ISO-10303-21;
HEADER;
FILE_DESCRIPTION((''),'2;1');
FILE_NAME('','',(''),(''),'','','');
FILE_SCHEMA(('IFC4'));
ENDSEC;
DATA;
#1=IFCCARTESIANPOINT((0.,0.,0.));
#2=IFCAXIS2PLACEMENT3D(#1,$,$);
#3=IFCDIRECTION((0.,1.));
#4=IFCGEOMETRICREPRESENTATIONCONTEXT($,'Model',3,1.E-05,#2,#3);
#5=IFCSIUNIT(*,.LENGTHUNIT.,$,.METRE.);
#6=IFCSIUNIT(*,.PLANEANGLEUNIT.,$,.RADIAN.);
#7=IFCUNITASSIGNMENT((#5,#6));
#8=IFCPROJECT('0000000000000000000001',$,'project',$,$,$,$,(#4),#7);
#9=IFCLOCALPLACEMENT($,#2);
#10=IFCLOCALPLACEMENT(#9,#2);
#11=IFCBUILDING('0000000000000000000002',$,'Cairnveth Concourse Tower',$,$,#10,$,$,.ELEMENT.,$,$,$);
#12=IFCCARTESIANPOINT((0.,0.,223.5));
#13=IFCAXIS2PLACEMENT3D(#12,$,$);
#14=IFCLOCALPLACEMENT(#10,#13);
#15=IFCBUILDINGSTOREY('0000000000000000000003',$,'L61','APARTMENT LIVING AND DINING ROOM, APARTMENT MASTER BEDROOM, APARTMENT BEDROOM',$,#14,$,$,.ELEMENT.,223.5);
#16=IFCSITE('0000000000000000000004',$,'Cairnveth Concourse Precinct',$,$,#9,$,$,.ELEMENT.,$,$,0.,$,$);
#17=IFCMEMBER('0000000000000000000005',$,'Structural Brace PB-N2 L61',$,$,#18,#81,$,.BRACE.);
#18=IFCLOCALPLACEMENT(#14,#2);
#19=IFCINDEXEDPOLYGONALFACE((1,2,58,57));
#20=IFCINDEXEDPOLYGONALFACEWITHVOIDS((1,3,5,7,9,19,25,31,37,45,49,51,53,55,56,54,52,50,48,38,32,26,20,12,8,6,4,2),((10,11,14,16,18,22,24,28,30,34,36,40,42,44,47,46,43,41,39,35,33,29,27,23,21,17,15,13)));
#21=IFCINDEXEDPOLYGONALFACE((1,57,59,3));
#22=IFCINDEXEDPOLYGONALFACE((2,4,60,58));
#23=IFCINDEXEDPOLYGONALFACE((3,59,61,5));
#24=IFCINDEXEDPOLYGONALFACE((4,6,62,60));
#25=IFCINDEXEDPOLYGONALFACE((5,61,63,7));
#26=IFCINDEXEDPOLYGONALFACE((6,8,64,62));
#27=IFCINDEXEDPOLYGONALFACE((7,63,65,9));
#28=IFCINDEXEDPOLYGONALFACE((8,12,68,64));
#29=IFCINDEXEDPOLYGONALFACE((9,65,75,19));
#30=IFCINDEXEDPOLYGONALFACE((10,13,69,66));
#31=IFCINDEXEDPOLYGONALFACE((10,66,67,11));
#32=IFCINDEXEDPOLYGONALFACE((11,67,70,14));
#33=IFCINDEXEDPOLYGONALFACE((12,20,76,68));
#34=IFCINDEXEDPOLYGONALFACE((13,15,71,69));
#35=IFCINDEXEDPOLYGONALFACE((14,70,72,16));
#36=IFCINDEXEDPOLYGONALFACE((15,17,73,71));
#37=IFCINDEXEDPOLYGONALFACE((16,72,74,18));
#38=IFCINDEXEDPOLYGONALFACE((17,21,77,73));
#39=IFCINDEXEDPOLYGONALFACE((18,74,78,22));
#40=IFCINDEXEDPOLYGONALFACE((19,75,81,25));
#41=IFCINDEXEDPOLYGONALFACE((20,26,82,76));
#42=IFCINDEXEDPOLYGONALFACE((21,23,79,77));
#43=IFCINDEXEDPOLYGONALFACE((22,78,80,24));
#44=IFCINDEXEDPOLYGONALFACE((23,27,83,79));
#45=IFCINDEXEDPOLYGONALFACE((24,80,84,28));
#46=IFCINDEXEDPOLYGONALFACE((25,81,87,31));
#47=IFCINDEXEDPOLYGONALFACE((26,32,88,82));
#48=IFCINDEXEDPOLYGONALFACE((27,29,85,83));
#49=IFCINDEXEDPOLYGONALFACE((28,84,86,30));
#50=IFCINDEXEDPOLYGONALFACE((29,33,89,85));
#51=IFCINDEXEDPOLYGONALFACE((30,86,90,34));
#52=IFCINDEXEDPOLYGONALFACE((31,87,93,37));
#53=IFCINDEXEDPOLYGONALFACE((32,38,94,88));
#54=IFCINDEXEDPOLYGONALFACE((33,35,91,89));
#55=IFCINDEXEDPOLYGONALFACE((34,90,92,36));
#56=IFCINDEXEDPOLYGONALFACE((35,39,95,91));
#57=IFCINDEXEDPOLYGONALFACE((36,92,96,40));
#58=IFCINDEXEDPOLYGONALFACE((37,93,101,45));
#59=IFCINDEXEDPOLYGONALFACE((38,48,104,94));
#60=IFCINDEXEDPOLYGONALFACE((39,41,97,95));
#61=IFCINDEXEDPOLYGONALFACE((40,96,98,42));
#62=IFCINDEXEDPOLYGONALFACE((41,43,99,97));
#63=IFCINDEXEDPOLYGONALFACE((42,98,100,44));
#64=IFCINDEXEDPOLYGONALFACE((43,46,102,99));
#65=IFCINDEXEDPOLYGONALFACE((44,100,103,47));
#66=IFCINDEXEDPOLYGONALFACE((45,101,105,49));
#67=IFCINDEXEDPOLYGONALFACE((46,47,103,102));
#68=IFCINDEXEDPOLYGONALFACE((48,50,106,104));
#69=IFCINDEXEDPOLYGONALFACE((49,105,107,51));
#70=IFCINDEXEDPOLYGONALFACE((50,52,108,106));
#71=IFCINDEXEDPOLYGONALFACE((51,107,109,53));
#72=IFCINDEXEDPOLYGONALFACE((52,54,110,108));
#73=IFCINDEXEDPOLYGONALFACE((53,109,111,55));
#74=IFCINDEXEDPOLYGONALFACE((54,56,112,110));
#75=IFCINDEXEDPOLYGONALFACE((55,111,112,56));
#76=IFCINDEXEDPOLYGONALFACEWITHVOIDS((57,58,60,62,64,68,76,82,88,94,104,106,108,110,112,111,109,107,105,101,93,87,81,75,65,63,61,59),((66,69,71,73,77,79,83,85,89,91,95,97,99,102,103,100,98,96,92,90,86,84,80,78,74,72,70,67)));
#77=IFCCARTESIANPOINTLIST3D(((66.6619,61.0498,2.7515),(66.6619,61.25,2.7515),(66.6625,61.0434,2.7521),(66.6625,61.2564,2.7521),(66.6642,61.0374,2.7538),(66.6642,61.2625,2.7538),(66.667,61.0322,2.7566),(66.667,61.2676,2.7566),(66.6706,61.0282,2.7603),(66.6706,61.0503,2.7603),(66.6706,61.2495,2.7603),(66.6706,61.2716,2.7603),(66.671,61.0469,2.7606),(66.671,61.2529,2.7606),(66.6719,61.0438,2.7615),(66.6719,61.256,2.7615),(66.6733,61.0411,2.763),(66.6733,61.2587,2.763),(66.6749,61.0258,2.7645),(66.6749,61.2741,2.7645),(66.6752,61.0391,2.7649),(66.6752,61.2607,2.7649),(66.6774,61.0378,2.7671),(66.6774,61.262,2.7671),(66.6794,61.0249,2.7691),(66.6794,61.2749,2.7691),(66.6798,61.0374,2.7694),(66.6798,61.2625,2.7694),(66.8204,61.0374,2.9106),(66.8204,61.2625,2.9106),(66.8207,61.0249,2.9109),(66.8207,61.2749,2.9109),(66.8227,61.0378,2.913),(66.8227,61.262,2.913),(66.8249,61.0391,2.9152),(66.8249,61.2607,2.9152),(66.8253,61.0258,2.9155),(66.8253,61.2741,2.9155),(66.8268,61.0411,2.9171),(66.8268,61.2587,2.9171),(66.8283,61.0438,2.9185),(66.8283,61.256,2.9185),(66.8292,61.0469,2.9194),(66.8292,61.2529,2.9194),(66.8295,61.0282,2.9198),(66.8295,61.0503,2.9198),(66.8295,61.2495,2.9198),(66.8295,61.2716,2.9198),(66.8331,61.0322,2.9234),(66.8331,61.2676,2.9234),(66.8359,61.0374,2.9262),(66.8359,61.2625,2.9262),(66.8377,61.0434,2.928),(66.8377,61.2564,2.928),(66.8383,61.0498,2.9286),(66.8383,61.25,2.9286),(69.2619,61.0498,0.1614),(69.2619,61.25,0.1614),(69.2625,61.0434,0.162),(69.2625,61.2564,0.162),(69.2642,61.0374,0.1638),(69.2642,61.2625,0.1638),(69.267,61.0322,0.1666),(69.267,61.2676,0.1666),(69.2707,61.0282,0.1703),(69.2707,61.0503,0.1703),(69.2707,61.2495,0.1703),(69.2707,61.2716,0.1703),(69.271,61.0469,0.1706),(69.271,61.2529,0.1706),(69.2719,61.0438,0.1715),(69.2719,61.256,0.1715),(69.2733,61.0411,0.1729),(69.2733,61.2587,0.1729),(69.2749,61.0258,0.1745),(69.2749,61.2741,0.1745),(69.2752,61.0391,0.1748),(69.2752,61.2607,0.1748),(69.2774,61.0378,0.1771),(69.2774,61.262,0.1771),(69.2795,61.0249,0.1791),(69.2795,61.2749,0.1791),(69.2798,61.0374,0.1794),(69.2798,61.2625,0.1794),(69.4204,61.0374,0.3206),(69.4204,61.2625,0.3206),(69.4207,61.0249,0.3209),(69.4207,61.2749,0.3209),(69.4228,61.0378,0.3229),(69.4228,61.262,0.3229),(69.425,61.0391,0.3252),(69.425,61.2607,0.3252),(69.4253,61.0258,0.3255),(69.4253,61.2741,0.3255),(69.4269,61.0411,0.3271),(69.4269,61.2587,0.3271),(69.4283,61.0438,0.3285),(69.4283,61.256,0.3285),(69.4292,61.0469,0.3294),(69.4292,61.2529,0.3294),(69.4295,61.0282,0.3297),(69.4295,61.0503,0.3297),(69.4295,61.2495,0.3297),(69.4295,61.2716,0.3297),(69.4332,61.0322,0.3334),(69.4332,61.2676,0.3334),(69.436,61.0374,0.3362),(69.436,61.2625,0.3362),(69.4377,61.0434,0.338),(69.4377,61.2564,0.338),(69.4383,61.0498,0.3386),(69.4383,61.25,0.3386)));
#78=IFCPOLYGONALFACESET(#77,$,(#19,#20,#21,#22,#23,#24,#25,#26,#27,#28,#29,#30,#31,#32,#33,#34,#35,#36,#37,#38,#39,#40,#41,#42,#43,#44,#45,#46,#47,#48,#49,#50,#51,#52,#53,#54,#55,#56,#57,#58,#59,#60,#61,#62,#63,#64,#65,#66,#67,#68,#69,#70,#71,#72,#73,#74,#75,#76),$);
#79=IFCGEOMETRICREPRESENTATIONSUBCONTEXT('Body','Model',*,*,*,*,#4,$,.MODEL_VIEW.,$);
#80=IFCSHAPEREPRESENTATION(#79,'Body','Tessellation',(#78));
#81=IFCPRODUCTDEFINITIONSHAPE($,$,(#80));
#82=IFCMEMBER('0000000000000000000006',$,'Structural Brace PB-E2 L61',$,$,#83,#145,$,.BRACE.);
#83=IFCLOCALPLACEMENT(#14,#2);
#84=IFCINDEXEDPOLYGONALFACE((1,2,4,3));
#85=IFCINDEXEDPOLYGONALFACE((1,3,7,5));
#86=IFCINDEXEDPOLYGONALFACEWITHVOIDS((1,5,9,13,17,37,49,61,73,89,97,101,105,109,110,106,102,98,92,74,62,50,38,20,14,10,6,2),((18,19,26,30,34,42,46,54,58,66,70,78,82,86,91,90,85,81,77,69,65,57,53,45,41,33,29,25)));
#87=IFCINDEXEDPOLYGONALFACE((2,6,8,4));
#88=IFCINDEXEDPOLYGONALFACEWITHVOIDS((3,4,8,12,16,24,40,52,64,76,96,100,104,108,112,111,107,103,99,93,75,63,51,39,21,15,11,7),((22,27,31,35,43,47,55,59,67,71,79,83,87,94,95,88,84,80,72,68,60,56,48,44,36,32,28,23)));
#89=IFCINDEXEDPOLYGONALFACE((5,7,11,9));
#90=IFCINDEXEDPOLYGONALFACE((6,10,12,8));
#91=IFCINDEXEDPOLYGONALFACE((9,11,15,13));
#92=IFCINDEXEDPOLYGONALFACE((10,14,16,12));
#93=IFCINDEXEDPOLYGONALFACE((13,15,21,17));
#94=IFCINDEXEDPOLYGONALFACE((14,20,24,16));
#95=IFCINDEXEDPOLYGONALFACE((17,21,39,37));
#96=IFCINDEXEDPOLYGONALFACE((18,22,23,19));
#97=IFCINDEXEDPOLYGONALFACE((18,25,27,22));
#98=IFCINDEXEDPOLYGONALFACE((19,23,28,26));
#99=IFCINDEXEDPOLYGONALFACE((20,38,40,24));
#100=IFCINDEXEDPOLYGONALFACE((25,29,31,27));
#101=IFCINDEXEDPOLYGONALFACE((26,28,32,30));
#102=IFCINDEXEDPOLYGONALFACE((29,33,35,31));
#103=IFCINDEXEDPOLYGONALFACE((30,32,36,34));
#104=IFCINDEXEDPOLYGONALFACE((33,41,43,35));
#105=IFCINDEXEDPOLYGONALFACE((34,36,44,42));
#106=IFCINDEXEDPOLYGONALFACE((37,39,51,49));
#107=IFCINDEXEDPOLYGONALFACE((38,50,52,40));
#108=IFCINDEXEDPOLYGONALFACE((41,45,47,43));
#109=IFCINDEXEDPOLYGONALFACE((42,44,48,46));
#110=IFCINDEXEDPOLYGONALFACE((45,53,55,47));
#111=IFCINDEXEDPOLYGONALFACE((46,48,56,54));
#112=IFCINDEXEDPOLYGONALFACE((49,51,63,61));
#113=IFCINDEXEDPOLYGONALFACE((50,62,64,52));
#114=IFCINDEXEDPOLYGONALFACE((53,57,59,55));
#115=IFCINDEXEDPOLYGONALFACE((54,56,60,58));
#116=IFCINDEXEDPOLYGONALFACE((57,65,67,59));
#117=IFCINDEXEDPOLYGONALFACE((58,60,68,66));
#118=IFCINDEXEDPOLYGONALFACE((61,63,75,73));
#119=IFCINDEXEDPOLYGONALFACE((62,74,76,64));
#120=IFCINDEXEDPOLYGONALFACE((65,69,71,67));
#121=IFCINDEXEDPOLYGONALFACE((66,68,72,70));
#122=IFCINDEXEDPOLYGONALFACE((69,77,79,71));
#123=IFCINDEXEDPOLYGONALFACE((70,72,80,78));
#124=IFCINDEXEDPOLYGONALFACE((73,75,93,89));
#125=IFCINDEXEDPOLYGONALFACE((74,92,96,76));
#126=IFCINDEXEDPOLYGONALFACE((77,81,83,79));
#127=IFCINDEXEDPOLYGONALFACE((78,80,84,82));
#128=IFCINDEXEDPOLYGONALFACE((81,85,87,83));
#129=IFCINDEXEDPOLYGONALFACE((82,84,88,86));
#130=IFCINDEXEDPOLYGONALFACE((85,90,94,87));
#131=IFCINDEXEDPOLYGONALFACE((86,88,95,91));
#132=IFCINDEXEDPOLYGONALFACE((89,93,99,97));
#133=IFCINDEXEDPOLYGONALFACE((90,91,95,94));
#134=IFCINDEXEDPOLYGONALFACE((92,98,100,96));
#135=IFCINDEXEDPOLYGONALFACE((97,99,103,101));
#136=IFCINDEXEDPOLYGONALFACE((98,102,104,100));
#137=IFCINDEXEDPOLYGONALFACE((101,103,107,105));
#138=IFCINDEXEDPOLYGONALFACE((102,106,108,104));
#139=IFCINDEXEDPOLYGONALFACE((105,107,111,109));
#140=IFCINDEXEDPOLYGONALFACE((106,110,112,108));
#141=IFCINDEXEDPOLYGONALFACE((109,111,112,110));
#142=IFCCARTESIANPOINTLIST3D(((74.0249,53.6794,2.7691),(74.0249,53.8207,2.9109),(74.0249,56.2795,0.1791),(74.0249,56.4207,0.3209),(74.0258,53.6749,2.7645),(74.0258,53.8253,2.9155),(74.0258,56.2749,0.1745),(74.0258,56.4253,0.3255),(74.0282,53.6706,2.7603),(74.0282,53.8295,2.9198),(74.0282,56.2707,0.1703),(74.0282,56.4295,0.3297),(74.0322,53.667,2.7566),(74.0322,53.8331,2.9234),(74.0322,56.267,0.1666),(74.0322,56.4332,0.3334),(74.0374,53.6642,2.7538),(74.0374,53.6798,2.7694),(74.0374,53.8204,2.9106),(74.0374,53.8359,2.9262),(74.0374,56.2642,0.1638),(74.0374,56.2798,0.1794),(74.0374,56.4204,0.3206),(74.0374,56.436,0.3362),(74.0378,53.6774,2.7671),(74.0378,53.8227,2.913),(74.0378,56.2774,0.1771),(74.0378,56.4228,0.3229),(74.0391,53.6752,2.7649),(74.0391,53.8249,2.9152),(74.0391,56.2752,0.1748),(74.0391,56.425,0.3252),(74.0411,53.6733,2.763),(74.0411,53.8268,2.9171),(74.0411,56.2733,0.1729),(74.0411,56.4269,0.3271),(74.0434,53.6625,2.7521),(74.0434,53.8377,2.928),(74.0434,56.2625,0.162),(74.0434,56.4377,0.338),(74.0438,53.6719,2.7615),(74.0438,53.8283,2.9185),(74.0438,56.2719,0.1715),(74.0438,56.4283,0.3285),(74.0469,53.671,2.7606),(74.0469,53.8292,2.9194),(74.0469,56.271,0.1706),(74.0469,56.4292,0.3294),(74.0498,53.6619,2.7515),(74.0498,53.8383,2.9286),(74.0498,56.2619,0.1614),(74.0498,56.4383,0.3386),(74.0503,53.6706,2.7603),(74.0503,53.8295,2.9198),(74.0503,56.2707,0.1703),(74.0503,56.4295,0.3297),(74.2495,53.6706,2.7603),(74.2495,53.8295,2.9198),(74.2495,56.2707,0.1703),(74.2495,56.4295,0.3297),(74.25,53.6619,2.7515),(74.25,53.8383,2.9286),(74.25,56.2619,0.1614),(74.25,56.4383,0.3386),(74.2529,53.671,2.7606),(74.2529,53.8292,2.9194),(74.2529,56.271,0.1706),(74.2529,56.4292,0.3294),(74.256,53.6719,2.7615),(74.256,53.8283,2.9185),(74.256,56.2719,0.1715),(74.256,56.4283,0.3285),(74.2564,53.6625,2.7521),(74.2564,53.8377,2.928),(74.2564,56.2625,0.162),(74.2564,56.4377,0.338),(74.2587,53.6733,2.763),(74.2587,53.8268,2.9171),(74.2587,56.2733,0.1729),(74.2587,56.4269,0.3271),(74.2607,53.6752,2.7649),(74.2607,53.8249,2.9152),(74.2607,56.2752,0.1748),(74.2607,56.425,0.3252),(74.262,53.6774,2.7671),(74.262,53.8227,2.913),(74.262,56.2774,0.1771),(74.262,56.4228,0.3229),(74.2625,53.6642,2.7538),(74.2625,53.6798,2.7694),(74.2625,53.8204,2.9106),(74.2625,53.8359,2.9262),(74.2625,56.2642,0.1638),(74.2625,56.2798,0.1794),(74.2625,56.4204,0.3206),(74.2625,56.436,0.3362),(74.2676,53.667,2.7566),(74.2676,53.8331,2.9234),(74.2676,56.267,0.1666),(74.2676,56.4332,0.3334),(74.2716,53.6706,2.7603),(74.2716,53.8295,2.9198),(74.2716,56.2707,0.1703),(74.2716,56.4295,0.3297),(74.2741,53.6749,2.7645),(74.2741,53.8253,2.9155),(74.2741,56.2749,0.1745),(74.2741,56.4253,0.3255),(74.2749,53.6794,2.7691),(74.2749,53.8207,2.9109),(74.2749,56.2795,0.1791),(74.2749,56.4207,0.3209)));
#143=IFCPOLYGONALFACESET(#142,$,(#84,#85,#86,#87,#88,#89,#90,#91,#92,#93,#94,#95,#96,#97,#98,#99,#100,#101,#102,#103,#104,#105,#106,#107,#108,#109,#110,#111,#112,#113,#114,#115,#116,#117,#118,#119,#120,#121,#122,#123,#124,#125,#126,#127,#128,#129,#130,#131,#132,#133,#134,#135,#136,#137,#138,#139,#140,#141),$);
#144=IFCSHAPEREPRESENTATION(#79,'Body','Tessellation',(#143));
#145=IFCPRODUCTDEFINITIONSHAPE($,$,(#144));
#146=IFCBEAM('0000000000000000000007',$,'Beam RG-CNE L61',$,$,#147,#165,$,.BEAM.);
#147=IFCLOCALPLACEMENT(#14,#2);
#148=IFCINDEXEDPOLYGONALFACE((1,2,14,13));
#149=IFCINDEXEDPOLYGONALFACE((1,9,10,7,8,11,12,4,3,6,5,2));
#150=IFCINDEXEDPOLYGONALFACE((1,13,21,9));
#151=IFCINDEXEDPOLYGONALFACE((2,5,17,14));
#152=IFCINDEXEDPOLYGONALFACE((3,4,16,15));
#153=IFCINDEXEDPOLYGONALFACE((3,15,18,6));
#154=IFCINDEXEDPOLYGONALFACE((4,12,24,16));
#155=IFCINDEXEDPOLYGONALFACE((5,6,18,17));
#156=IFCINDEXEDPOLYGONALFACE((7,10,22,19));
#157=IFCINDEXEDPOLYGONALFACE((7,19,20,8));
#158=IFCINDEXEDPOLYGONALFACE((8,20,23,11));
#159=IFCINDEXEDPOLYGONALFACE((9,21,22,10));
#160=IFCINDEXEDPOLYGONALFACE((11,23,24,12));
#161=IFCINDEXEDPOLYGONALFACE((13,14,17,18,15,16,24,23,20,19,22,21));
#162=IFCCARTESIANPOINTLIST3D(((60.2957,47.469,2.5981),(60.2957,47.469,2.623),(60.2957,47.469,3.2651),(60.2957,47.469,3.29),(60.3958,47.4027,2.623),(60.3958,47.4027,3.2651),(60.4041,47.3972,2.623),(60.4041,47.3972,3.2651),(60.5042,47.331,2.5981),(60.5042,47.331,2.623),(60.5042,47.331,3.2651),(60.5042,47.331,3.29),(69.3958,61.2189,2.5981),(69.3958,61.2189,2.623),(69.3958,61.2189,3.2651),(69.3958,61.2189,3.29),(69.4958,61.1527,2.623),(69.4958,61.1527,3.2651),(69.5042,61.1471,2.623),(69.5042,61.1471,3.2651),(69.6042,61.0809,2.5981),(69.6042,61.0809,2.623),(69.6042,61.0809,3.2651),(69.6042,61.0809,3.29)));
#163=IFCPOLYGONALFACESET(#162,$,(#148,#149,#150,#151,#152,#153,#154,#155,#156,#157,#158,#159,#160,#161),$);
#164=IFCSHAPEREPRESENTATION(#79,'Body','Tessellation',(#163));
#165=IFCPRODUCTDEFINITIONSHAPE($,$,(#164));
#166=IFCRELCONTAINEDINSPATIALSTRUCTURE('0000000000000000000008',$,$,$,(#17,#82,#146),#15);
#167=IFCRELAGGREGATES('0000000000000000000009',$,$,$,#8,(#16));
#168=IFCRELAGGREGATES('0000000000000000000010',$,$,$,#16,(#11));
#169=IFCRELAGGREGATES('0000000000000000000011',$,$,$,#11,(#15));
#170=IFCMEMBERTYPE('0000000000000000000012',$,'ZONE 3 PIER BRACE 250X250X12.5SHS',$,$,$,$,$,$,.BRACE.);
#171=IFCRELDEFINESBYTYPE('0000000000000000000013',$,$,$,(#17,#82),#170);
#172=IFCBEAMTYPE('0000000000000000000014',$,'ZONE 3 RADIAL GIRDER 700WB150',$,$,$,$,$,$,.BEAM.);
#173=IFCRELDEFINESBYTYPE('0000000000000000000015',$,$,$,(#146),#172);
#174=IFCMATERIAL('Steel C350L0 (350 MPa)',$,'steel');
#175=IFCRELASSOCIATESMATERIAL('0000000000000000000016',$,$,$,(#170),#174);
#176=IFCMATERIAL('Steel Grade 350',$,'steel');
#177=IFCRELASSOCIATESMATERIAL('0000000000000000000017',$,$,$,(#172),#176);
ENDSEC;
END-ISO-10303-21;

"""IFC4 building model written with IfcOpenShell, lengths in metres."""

from ifc_helpers import new_model, si_unit, direction, frame, origin, origin_2d, place, context, subcontext, project, spatial, hollow_rectangle, i_section, extrude, material, material_profile, profile_set, type_object, element, save


model = new_model("IFC4")

# Units and contexts
model_context = context("Model", 3, precision=1e-05, world=origin(), true_north=direction((0.0, 1.0)))
body_context = subcontext(model_context, "Body", "Model", "MODEL_VIEW")
ifc_project = project(units=[si_unit("LENGTHUNIT", "METRE"), si_unit("PLANEANGLEUNIT", "RADIAN")], contexts=[model_context])

# Site, building, storey
site_placement = place(None, origin())
site = spatial("IfcSite", under=ifc_project, at=site_placement, Name="Cairnveth Concourse Precinct", CompositionType="ELEMENT", RefElevation=0.0)
building_placement = place(site_placement, origin())
building = spatial("IfcBuilding", under=site, at=building_placement, Name="Cairnveth Concourse Tower", CompositionType="ELEMENT")
storey_placement = place(building_placement, frame((0.0, 0.0, 223.5)))
storey = spatial("IfcBuildingStorey", under=building, at=storey_placement, Name="L61", Description="APARTMENT LIVING AND DINING ROOM, APARTMENT MASTER BEDROOM, APARTMENT BEDROOM", CompositionType="ELEMENT", Elevation=223.5)

# Shared definitions
ifc_material_1 = material(Name="Steel Grade 350", Category="steel")

# Members
ifc_material_2 = material(Name="Steel C350L0 (350 MPa)", Category="steel")
ifc_material_profile_1 = material_profile(ifc_material_2, hollow_rectangle(XDim=0.25, YDim=0.25, WallThickness=0.0125, InnerFilletRadius=0.0129, OuterFilletRadius=0.0249, at=origin_2d()), Name="250x250x12.5SHS")
ifc_profile_set_1 = profile_set([ifc_material_profile_1], Name="Steel C350L0 (350 MPa)")
member_type = type_object("IfcMemberType", Name="ZONE 3 PIER BRACE 250X250X12.5SHS", PredefinedType="BRACE", material=ifc_profile_set_1)
for number, where, z_axis, x_axis, name in (
    (1, (69.3501, 61.1499, 0.25), (-0.708469, 0.0, 0.705742), (0.0, -1.0, 0.0), "Structural Brace PB-N2 L61"),
    (2, (74.1499, 56.3501, 0.25), (0.0, -0.708469, 0.705742), (1.0, 0.0, 0.0), "Structural Brace PB-E2 L61"),
):
    element("IfcMember", number, at=place(storey_placement, frame(where, z_axis=z_axis, x_axis=x_axis)), inside=storey, type_object=member_type, Name=name, PredefinedType="BRACE", context=body_context, shape_type="SweptSolid", body=[
        extrude(hollow_rectangle(XDim=0.25, YDim=0.25, WallThickness=0.0125, InnerFilletRadius=0.0129, OuterFilletRadius=0.0249, at=origin_2d()), origin(), (0.0, 0.0, 1.0), 3.6699),
    ])

# Beam
ifc_material_profile_2 = material_profile(ifc_material_1, i_section(OverallWidth=0.25, OverallDepth=0.6919, WebThickness=0.01, FlangeThickness=0.0249, at=origin_2d()), Name="700WB150")
ifc_profile_set_2 = profile_set([ifc_material_profile_2], Name="Steel Grade 350")
beam_type_1 = type_object("IfcBeamType", Name="ZONE 3 RADIAL GIRDER 700WB150", PredefinedType="BEAM", material=ifc_profile_set_2)
beam_1_placement = place(storey_placement, frame((69.5, 61.1499, 2.9441), z_axis=(-0.551902, -0.833909, 0.0), x_axis=(0.833909, -0.551902, 0.0)))
element("IfcBeam", 3, at=beam_1_placement, inside=storey, type_object=beam_type_1, Name="Beam RG-CNE L61", PredefinedType="BEAM", context=body_context, shape_type="SweptSolid", body=[
    extrude(i_section(OverallWidth=0.25, OverallDepth=0.6919, WebThickness=0.01, FlangeThickness=0.0249, at=origin_2d()), origin(), (0.0, 0.0, 1.0), 16.4885),
])

save(model, "model.ifc")
